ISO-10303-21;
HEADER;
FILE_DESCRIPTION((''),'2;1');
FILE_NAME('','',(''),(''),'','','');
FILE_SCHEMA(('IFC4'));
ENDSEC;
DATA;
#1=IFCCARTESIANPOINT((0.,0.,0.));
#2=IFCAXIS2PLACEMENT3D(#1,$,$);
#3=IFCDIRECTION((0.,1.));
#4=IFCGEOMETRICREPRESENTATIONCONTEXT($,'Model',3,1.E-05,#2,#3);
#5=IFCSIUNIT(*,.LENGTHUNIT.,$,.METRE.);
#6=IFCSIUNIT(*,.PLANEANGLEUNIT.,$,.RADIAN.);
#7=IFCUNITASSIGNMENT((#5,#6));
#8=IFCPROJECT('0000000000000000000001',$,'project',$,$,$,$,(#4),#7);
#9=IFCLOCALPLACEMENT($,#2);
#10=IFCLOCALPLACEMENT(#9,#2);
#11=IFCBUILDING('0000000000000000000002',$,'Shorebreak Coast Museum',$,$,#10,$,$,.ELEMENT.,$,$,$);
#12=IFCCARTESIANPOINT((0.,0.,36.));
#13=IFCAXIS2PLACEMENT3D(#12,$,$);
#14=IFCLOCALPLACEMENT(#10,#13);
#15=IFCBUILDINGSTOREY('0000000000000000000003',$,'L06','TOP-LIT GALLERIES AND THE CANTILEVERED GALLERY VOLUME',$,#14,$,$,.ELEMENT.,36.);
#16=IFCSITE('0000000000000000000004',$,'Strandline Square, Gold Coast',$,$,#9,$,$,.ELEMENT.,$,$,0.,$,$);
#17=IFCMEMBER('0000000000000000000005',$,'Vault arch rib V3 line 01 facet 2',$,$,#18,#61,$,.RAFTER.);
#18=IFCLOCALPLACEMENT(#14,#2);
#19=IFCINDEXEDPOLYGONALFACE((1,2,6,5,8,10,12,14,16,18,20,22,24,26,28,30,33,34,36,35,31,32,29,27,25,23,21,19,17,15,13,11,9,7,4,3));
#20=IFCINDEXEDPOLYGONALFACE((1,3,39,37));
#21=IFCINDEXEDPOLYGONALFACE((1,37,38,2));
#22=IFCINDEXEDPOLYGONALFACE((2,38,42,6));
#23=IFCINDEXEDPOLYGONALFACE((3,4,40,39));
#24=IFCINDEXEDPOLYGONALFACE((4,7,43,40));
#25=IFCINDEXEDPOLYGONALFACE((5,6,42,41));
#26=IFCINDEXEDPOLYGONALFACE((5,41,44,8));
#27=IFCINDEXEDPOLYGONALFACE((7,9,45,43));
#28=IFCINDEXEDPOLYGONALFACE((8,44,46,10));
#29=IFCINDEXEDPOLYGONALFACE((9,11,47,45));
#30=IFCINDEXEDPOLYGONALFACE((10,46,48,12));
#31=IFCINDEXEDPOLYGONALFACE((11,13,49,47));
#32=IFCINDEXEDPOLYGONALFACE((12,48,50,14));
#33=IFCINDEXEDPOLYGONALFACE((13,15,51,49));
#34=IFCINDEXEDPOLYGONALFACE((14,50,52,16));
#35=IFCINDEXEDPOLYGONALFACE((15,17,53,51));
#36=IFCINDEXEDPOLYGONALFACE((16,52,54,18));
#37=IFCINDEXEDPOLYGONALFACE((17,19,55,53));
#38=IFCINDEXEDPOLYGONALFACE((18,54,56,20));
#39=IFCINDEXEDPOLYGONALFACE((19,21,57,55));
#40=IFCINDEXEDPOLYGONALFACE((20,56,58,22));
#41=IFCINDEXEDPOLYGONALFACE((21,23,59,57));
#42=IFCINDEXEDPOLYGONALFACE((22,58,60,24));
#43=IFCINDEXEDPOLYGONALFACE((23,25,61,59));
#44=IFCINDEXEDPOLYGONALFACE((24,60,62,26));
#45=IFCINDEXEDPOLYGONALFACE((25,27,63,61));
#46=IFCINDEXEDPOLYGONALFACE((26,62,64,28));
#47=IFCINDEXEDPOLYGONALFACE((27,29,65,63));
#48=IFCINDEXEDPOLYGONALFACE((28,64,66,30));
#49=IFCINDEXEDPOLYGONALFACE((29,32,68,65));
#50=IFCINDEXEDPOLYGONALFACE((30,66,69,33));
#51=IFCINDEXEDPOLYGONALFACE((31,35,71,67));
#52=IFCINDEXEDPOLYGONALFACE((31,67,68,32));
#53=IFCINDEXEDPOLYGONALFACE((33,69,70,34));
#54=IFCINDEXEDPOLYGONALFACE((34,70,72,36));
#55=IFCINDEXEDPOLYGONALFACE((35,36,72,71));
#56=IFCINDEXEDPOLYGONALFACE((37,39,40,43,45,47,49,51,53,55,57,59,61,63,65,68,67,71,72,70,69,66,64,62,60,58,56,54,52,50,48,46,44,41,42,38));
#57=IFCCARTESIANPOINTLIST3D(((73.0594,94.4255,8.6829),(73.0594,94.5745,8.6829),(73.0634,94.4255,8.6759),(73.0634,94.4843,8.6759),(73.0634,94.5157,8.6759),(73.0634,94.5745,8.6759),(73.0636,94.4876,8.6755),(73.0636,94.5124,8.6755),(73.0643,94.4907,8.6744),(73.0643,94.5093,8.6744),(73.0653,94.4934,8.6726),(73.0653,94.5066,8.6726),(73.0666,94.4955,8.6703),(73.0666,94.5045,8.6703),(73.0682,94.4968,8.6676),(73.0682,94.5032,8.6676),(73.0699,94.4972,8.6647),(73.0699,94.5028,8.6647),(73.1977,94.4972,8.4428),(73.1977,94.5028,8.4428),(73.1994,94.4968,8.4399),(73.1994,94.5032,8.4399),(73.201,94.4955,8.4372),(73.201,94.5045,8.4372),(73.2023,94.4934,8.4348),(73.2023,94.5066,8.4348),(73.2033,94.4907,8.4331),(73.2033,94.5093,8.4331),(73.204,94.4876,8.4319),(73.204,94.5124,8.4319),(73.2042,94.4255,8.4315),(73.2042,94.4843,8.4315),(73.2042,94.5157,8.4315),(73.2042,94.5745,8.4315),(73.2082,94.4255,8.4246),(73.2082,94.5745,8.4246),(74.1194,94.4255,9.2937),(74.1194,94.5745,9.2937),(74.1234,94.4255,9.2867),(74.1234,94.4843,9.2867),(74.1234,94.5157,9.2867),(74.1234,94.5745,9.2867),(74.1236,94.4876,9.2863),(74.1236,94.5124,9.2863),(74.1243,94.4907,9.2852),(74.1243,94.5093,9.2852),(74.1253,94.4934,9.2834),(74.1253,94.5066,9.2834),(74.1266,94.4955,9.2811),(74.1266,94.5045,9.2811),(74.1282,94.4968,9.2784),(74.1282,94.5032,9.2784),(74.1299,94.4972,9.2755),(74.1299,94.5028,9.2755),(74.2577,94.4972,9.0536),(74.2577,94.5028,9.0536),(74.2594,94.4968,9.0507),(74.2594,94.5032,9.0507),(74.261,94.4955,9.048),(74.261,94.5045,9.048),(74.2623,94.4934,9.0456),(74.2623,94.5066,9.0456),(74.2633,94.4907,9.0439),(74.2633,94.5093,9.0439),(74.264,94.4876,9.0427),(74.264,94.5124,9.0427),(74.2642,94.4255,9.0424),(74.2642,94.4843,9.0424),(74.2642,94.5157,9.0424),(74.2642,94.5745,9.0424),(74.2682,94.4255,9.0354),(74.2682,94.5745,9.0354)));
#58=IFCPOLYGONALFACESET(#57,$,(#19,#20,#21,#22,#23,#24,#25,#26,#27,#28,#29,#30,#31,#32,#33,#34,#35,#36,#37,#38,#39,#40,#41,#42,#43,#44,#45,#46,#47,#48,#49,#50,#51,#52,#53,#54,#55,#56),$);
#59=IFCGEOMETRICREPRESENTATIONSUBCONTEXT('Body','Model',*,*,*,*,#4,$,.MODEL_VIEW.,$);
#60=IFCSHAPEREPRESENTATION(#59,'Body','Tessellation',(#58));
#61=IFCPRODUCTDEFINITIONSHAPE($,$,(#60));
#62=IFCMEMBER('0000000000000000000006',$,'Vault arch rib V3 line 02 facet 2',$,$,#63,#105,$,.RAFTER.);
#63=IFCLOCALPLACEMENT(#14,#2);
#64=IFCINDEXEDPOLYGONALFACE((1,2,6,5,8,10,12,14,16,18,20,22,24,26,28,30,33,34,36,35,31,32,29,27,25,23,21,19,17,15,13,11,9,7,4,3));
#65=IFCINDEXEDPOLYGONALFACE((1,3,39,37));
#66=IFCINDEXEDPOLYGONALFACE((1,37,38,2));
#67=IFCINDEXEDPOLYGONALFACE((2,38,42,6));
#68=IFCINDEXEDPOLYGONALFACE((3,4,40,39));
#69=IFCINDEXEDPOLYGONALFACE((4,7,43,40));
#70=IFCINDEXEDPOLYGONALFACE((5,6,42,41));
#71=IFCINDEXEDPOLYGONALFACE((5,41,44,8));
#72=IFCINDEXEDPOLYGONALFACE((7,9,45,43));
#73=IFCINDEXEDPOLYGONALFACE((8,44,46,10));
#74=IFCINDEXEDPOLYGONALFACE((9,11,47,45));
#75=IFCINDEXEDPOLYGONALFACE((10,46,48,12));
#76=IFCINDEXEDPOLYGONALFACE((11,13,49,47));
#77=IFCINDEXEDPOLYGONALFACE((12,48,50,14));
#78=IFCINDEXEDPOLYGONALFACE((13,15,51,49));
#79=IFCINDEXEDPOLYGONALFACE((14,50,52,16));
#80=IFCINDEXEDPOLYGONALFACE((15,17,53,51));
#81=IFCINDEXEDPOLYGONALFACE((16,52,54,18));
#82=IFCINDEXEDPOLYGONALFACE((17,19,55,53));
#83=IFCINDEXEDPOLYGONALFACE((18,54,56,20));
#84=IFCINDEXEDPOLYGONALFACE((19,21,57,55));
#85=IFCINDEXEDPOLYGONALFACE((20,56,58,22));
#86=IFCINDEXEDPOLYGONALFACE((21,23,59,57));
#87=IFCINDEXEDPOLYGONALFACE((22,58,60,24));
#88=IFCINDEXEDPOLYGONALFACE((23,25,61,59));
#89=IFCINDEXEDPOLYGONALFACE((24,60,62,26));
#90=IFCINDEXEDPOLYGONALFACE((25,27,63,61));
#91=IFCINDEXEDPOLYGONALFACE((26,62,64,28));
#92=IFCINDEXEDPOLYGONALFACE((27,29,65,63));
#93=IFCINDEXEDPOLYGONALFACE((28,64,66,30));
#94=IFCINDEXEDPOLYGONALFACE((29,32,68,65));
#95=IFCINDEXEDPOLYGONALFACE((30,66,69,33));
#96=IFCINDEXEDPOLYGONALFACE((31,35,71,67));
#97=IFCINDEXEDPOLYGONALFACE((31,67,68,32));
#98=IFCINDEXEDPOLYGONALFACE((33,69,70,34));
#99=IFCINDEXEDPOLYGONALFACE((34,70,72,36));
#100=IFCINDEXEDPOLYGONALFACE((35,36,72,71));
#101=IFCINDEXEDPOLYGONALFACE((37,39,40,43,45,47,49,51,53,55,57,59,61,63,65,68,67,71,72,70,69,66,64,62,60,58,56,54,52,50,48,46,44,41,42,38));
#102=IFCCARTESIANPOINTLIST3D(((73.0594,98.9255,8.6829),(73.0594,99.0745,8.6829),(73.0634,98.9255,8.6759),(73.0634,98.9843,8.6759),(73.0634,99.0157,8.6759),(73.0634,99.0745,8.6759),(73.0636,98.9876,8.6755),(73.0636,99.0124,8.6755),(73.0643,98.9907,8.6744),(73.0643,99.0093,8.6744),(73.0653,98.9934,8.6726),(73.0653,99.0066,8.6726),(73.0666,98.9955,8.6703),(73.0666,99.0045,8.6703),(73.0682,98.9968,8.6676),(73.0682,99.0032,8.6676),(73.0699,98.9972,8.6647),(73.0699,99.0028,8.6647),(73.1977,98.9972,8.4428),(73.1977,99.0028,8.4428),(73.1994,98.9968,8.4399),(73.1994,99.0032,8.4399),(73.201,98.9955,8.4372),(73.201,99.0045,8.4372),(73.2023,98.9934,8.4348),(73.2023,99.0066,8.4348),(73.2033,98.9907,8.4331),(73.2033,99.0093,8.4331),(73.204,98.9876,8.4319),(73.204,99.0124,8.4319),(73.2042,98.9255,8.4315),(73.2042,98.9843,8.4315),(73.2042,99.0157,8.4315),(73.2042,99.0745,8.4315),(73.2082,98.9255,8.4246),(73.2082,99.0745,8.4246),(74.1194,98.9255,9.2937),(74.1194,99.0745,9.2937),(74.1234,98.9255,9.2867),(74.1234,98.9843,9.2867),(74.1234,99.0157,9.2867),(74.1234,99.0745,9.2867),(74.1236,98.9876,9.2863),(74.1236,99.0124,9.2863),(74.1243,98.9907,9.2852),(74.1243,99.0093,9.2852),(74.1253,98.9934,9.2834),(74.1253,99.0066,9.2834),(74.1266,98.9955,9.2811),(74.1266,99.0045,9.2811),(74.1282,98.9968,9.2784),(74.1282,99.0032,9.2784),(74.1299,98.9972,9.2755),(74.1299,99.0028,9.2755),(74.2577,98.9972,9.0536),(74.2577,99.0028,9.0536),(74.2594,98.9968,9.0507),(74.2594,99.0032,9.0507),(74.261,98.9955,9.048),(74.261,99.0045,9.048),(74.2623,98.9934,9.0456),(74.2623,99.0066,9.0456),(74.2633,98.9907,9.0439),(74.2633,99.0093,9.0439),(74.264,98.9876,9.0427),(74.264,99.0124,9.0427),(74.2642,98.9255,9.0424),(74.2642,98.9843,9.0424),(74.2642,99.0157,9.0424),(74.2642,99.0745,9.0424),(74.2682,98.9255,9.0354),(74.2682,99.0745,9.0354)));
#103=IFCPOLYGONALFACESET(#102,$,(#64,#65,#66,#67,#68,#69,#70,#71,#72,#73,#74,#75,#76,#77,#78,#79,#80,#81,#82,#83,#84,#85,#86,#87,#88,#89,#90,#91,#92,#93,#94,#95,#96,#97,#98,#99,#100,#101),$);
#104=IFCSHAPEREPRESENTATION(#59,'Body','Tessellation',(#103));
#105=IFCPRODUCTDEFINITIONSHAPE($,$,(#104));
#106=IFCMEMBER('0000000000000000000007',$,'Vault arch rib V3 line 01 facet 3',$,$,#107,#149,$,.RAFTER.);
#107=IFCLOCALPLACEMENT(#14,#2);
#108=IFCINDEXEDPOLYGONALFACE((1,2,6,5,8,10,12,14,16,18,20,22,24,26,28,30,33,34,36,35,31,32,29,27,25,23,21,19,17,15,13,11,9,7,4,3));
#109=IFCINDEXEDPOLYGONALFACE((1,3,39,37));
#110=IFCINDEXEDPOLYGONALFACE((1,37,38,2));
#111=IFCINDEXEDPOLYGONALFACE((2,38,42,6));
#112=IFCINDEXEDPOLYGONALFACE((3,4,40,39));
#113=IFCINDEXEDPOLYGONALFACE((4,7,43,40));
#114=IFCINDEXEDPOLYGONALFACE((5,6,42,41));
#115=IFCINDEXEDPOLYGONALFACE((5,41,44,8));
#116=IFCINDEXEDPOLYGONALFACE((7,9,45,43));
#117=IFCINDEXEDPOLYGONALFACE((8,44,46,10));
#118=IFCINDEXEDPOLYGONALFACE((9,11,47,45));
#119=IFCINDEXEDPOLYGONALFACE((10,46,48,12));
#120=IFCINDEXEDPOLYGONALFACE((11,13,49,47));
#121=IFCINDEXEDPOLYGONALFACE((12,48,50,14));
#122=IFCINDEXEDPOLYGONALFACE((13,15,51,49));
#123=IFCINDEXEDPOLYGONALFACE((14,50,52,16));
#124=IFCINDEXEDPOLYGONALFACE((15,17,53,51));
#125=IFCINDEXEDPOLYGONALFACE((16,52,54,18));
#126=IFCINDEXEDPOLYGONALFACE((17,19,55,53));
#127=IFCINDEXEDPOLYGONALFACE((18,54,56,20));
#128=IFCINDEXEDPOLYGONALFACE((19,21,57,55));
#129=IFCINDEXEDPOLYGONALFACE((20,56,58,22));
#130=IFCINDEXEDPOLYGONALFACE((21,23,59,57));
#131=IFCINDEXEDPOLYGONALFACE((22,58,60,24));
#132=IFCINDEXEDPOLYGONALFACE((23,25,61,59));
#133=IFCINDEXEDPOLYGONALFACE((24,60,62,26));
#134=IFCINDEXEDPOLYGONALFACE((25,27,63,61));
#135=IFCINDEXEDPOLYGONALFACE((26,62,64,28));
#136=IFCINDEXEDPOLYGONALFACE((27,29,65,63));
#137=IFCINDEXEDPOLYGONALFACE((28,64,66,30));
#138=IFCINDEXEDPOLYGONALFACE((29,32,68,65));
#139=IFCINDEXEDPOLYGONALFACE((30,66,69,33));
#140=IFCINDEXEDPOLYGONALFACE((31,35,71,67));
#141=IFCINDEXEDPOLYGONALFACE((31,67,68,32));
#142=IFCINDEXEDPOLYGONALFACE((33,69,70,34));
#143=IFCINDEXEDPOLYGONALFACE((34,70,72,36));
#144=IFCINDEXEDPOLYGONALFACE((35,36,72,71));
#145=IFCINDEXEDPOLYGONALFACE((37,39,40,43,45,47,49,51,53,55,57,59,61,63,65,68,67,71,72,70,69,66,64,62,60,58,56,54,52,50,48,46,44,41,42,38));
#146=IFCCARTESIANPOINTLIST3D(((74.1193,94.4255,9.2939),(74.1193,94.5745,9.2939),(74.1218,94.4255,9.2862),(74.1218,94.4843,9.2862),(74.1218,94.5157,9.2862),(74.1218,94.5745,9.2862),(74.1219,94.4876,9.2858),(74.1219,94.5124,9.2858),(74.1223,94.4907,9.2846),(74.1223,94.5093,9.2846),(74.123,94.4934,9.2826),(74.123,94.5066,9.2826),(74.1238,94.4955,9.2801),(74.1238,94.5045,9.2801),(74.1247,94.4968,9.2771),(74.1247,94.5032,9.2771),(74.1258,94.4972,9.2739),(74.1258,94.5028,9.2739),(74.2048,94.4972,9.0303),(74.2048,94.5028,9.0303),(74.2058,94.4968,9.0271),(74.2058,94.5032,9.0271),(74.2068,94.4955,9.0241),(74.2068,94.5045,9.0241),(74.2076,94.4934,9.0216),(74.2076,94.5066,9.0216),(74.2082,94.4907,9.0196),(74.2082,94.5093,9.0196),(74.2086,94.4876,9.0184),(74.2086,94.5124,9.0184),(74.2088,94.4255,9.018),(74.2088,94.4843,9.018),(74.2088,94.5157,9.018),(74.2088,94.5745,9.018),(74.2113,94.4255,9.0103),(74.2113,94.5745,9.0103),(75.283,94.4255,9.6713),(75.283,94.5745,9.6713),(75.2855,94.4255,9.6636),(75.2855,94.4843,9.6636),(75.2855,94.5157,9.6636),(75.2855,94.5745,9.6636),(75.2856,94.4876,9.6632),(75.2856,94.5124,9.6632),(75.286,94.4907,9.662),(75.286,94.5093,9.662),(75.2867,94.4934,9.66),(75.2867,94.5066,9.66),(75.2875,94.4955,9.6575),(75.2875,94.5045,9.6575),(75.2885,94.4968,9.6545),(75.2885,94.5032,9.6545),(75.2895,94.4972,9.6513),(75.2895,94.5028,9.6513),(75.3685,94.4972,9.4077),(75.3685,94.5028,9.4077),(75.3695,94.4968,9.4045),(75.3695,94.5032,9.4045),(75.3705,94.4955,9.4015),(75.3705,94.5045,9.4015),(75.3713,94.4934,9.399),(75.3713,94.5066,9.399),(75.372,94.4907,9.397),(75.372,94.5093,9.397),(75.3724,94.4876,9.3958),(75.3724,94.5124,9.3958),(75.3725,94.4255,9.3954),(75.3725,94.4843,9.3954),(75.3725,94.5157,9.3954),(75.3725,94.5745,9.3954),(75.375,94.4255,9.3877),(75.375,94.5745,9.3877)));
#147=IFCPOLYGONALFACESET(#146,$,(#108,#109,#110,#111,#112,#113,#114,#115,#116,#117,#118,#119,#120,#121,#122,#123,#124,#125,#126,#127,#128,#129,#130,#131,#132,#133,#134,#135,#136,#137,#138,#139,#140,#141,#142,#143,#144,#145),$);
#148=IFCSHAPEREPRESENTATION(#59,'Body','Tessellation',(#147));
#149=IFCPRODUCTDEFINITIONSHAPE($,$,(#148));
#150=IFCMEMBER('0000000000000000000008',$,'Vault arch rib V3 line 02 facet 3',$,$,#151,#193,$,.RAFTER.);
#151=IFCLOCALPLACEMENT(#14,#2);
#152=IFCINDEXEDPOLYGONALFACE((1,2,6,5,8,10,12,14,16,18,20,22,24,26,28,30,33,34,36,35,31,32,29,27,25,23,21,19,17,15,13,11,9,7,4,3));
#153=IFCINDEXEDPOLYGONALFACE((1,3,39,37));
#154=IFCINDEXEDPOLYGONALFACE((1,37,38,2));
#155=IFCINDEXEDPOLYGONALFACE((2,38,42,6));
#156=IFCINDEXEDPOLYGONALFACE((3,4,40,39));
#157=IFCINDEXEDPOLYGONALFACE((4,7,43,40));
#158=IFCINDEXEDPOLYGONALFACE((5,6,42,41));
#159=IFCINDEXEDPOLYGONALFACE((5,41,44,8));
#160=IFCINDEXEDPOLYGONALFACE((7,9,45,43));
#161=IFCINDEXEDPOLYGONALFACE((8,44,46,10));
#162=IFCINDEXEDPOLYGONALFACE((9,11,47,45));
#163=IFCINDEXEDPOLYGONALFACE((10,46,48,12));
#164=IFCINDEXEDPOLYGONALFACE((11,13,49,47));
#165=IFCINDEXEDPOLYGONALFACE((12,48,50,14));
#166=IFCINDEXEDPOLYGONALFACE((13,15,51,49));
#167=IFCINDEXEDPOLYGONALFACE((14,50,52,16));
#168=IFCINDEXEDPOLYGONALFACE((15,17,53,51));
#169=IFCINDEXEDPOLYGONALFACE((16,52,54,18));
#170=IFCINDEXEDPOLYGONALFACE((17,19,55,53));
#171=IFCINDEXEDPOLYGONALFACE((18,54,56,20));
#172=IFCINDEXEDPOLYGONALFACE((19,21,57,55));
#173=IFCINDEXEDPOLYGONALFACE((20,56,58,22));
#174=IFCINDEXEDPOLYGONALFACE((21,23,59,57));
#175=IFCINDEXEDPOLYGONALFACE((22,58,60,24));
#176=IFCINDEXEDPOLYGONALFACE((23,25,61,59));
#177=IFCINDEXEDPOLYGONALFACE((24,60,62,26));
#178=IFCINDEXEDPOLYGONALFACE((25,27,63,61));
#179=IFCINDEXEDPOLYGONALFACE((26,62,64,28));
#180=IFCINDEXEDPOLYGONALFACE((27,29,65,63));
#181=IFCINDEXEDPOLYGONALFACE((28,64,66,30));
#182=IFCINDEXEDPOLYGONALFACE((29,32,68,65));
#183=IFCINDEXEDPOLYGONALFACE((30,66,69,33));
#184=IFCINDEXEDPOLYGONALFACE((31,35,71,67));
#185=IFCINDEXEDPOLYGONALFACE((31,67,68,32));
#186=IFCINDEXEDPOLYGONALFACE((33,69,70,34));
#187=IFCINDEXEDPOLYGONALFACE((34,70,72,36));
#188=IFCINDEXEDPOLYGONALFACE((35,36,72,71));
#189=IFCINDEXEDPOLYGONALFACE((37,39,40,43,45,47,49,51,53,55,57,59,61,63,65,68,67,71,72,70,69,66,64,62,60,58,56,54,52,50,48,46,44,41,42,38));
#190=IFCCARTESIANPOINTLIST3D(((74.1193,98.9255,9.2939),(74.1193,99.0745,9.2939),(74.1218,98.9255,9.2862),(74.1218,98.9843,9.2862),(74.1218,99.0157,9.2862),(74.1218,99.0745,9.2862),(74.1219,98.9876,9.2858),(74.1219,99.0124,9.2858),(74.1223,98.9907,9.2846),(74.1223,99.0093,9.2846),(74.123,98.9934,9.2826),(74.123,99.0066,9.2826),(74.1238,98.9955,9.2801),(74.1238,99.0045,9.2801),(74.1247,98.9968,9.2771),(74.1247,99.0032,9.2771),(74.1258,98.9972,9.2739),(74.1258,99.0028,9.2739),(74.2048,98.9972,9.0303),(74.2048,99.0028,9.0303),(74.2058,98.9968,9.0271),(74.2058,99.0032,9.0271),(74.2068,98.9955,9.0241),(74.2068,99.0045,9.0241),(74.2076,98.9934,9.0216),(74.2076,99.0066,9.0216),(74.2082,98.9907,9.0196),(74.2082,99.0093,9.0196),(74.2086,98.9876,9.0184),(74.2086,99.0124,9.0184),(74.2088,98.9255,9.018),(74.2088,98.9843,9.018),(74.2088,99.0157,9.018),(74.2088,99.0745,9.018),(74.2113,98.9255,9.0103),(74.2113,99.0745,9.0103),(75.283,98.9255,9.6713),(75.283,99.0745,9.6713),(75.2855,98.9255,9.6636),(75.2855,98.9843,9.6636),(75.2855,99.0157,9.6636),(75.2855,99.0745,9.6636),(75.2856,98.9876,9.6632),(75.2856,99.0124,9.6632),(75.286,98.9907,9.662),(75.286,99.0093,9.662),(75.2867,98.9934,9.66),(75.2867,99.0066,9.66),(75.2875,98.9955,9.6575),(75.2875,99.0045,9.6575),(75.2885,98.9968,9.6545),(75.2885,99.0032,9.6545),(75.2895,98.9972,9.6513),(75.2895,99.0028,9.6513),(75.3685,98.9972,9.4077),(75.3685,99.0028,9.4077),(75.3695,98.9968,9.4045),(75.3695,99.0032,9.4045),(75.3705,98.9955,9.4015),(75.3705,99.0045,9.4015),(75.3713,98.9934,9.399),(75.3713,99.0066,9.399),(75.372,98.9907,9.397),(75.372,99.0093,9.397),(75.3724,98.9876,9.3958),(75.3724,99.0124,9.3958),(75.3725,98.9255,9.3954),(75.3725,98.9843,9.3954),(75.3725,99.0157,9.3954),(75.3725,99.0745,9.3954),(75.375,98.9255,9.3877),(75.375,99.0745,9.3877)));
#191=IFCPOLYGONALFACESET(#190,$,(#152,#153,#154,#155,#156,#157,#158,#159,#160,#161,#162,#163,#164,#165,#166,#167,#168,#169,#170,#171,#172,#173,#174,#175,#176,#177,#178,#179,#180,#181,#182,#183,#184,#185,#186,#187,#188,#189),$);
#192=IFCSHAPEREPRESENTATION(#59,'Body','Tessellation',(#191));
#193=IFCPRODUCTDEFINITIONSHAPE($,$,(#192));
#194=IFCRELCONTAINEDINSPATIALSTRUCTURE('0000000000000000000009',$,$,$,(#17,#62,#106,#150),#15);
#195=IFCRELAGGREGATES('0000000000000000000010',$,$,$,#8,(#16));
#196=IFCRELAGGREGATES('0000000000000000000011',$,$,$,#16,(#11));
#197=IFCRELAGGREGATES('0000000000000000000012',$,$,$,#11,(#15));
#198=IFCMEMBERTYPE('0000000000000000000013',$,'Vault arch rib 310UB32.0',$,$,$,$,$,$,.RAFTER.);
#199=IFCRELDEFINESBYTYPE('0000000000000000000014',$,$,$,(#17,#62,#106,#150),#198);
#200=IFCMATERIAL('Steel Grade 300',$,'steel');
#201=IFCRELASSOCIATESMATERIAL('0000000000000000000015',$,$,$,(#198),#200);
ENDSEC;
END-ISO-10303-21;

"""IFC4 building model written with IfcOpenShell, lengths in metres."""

from ifc_helpers import new_model, si_unit, direction, frame, origin, origin_2d, place, context, subcontext, project, spatial, i_section, extrude, material, material_profile, profile_set, type_object, element, save


model = new_model("IFC4")

# Units and contexts
model_context = context("Model", 3, precision=1e-05, world=origin(), true_north=direction((0.0, 1.0)))
body_context = subcontext(model_context, "Body", "Model", "MODEL_VIEW")
ifc_project = project(units=[si_unit("LENGTHUNIT", "METRE"), si_unit("PLANEANGLEUNIT", "RADIAN")], contexts=[model_context])

# Site, building, storey
site_placement = place(None, origin())
site = spatial("IfcSite", under=ifc_project, at=site_placement, Name="Strandline Square, Gold Coast", CompositionType="ELEMENT", RefElevation=0.0)
building_placement = place(site_placement, origin())
building = spatial("IfcBuilding", under=site, at=building_placement, Name="Shorebreak Coast Museum", CompositionType="ELEMENT")
storey_placement = place(building_placement, frame((0.0, 0.0, 36.0)))
storey = spatial("IfcBuildingStorey", under=building, at=storey_placement, Name="L06", Description="TOP-LIT GALLERIES AND THE CANTILEVERED GALLERY VOLUME", CompositionType="ELEMENT", Elevation=36.0)

# Members
ifc_material_1 = material(Name="Steel Grade 300", Category="steel")
ifc_material_profile_1 = material_profile(ifc_material_1, i_section(OverallWidth=0.1489, OverallDepth=0.2981, WebThickness=0.0056, FlangeThickness=0.0081, FilletRadius=0.0129, at=origin_2d()), Name="310UB32.0")
ifc_profile_set_1 = profile_set([ifc_material_profile_1], Name="Steel Grade 300")
member_type_1 = type_object("IfcMemberType", Name="Vault arch rib 310UB32.0", PredefinedType="RAFTER", material=ifc_profile_set_1)
for number, where, z_axis, x_axis, name in (
    (1, (73.1338, 94.5, 8.5537), (0.866445, 0.0, 0.499273), (0.0, 1.0, 0.0), "Vault arch rib V3 line 01 facet 2"),
    (2, (73.1338, 99.0, 8.5537), (0.866445, 0.0, 0.499273), (0.0, 1.0, 0.0), "Vault arch rib V3 line 02 facet 2"),
    (3, (74.1653, 94.5, 9.1521), (0.951226, 0.0, 0.308495), (0.0, 1.0, 0.0), "Vault arch rib V3 line 01 facet 3"),
    (4, (74.1653, 99.0, 9.1521), (0.951226, 0.0, 0.308495), (0.0, 1.0, 0.0), "Vault arch rib V3 line 02 facet 3"),
):
    element("IfcMember", number, at=place(storey_placement, frame(where, z_axis=z_axis, x_axis=x_axis)), inside=storey, type_object=member_type_1, Name=name, PredefinedType="RAFTER", context=body_context, shape_type="SweptSolid", body=[
        extrude(i_section(OverallWidth=0.1489, OverallDepth=0.2981, WebThickness=0.0056, FlangeThickness=0.0081, FilletRadius=0.0129, at=origin_2d()), origin(), (0.0, 0.0, 1.0), 1.2234),
    ])

save(model, "model.ifc")
